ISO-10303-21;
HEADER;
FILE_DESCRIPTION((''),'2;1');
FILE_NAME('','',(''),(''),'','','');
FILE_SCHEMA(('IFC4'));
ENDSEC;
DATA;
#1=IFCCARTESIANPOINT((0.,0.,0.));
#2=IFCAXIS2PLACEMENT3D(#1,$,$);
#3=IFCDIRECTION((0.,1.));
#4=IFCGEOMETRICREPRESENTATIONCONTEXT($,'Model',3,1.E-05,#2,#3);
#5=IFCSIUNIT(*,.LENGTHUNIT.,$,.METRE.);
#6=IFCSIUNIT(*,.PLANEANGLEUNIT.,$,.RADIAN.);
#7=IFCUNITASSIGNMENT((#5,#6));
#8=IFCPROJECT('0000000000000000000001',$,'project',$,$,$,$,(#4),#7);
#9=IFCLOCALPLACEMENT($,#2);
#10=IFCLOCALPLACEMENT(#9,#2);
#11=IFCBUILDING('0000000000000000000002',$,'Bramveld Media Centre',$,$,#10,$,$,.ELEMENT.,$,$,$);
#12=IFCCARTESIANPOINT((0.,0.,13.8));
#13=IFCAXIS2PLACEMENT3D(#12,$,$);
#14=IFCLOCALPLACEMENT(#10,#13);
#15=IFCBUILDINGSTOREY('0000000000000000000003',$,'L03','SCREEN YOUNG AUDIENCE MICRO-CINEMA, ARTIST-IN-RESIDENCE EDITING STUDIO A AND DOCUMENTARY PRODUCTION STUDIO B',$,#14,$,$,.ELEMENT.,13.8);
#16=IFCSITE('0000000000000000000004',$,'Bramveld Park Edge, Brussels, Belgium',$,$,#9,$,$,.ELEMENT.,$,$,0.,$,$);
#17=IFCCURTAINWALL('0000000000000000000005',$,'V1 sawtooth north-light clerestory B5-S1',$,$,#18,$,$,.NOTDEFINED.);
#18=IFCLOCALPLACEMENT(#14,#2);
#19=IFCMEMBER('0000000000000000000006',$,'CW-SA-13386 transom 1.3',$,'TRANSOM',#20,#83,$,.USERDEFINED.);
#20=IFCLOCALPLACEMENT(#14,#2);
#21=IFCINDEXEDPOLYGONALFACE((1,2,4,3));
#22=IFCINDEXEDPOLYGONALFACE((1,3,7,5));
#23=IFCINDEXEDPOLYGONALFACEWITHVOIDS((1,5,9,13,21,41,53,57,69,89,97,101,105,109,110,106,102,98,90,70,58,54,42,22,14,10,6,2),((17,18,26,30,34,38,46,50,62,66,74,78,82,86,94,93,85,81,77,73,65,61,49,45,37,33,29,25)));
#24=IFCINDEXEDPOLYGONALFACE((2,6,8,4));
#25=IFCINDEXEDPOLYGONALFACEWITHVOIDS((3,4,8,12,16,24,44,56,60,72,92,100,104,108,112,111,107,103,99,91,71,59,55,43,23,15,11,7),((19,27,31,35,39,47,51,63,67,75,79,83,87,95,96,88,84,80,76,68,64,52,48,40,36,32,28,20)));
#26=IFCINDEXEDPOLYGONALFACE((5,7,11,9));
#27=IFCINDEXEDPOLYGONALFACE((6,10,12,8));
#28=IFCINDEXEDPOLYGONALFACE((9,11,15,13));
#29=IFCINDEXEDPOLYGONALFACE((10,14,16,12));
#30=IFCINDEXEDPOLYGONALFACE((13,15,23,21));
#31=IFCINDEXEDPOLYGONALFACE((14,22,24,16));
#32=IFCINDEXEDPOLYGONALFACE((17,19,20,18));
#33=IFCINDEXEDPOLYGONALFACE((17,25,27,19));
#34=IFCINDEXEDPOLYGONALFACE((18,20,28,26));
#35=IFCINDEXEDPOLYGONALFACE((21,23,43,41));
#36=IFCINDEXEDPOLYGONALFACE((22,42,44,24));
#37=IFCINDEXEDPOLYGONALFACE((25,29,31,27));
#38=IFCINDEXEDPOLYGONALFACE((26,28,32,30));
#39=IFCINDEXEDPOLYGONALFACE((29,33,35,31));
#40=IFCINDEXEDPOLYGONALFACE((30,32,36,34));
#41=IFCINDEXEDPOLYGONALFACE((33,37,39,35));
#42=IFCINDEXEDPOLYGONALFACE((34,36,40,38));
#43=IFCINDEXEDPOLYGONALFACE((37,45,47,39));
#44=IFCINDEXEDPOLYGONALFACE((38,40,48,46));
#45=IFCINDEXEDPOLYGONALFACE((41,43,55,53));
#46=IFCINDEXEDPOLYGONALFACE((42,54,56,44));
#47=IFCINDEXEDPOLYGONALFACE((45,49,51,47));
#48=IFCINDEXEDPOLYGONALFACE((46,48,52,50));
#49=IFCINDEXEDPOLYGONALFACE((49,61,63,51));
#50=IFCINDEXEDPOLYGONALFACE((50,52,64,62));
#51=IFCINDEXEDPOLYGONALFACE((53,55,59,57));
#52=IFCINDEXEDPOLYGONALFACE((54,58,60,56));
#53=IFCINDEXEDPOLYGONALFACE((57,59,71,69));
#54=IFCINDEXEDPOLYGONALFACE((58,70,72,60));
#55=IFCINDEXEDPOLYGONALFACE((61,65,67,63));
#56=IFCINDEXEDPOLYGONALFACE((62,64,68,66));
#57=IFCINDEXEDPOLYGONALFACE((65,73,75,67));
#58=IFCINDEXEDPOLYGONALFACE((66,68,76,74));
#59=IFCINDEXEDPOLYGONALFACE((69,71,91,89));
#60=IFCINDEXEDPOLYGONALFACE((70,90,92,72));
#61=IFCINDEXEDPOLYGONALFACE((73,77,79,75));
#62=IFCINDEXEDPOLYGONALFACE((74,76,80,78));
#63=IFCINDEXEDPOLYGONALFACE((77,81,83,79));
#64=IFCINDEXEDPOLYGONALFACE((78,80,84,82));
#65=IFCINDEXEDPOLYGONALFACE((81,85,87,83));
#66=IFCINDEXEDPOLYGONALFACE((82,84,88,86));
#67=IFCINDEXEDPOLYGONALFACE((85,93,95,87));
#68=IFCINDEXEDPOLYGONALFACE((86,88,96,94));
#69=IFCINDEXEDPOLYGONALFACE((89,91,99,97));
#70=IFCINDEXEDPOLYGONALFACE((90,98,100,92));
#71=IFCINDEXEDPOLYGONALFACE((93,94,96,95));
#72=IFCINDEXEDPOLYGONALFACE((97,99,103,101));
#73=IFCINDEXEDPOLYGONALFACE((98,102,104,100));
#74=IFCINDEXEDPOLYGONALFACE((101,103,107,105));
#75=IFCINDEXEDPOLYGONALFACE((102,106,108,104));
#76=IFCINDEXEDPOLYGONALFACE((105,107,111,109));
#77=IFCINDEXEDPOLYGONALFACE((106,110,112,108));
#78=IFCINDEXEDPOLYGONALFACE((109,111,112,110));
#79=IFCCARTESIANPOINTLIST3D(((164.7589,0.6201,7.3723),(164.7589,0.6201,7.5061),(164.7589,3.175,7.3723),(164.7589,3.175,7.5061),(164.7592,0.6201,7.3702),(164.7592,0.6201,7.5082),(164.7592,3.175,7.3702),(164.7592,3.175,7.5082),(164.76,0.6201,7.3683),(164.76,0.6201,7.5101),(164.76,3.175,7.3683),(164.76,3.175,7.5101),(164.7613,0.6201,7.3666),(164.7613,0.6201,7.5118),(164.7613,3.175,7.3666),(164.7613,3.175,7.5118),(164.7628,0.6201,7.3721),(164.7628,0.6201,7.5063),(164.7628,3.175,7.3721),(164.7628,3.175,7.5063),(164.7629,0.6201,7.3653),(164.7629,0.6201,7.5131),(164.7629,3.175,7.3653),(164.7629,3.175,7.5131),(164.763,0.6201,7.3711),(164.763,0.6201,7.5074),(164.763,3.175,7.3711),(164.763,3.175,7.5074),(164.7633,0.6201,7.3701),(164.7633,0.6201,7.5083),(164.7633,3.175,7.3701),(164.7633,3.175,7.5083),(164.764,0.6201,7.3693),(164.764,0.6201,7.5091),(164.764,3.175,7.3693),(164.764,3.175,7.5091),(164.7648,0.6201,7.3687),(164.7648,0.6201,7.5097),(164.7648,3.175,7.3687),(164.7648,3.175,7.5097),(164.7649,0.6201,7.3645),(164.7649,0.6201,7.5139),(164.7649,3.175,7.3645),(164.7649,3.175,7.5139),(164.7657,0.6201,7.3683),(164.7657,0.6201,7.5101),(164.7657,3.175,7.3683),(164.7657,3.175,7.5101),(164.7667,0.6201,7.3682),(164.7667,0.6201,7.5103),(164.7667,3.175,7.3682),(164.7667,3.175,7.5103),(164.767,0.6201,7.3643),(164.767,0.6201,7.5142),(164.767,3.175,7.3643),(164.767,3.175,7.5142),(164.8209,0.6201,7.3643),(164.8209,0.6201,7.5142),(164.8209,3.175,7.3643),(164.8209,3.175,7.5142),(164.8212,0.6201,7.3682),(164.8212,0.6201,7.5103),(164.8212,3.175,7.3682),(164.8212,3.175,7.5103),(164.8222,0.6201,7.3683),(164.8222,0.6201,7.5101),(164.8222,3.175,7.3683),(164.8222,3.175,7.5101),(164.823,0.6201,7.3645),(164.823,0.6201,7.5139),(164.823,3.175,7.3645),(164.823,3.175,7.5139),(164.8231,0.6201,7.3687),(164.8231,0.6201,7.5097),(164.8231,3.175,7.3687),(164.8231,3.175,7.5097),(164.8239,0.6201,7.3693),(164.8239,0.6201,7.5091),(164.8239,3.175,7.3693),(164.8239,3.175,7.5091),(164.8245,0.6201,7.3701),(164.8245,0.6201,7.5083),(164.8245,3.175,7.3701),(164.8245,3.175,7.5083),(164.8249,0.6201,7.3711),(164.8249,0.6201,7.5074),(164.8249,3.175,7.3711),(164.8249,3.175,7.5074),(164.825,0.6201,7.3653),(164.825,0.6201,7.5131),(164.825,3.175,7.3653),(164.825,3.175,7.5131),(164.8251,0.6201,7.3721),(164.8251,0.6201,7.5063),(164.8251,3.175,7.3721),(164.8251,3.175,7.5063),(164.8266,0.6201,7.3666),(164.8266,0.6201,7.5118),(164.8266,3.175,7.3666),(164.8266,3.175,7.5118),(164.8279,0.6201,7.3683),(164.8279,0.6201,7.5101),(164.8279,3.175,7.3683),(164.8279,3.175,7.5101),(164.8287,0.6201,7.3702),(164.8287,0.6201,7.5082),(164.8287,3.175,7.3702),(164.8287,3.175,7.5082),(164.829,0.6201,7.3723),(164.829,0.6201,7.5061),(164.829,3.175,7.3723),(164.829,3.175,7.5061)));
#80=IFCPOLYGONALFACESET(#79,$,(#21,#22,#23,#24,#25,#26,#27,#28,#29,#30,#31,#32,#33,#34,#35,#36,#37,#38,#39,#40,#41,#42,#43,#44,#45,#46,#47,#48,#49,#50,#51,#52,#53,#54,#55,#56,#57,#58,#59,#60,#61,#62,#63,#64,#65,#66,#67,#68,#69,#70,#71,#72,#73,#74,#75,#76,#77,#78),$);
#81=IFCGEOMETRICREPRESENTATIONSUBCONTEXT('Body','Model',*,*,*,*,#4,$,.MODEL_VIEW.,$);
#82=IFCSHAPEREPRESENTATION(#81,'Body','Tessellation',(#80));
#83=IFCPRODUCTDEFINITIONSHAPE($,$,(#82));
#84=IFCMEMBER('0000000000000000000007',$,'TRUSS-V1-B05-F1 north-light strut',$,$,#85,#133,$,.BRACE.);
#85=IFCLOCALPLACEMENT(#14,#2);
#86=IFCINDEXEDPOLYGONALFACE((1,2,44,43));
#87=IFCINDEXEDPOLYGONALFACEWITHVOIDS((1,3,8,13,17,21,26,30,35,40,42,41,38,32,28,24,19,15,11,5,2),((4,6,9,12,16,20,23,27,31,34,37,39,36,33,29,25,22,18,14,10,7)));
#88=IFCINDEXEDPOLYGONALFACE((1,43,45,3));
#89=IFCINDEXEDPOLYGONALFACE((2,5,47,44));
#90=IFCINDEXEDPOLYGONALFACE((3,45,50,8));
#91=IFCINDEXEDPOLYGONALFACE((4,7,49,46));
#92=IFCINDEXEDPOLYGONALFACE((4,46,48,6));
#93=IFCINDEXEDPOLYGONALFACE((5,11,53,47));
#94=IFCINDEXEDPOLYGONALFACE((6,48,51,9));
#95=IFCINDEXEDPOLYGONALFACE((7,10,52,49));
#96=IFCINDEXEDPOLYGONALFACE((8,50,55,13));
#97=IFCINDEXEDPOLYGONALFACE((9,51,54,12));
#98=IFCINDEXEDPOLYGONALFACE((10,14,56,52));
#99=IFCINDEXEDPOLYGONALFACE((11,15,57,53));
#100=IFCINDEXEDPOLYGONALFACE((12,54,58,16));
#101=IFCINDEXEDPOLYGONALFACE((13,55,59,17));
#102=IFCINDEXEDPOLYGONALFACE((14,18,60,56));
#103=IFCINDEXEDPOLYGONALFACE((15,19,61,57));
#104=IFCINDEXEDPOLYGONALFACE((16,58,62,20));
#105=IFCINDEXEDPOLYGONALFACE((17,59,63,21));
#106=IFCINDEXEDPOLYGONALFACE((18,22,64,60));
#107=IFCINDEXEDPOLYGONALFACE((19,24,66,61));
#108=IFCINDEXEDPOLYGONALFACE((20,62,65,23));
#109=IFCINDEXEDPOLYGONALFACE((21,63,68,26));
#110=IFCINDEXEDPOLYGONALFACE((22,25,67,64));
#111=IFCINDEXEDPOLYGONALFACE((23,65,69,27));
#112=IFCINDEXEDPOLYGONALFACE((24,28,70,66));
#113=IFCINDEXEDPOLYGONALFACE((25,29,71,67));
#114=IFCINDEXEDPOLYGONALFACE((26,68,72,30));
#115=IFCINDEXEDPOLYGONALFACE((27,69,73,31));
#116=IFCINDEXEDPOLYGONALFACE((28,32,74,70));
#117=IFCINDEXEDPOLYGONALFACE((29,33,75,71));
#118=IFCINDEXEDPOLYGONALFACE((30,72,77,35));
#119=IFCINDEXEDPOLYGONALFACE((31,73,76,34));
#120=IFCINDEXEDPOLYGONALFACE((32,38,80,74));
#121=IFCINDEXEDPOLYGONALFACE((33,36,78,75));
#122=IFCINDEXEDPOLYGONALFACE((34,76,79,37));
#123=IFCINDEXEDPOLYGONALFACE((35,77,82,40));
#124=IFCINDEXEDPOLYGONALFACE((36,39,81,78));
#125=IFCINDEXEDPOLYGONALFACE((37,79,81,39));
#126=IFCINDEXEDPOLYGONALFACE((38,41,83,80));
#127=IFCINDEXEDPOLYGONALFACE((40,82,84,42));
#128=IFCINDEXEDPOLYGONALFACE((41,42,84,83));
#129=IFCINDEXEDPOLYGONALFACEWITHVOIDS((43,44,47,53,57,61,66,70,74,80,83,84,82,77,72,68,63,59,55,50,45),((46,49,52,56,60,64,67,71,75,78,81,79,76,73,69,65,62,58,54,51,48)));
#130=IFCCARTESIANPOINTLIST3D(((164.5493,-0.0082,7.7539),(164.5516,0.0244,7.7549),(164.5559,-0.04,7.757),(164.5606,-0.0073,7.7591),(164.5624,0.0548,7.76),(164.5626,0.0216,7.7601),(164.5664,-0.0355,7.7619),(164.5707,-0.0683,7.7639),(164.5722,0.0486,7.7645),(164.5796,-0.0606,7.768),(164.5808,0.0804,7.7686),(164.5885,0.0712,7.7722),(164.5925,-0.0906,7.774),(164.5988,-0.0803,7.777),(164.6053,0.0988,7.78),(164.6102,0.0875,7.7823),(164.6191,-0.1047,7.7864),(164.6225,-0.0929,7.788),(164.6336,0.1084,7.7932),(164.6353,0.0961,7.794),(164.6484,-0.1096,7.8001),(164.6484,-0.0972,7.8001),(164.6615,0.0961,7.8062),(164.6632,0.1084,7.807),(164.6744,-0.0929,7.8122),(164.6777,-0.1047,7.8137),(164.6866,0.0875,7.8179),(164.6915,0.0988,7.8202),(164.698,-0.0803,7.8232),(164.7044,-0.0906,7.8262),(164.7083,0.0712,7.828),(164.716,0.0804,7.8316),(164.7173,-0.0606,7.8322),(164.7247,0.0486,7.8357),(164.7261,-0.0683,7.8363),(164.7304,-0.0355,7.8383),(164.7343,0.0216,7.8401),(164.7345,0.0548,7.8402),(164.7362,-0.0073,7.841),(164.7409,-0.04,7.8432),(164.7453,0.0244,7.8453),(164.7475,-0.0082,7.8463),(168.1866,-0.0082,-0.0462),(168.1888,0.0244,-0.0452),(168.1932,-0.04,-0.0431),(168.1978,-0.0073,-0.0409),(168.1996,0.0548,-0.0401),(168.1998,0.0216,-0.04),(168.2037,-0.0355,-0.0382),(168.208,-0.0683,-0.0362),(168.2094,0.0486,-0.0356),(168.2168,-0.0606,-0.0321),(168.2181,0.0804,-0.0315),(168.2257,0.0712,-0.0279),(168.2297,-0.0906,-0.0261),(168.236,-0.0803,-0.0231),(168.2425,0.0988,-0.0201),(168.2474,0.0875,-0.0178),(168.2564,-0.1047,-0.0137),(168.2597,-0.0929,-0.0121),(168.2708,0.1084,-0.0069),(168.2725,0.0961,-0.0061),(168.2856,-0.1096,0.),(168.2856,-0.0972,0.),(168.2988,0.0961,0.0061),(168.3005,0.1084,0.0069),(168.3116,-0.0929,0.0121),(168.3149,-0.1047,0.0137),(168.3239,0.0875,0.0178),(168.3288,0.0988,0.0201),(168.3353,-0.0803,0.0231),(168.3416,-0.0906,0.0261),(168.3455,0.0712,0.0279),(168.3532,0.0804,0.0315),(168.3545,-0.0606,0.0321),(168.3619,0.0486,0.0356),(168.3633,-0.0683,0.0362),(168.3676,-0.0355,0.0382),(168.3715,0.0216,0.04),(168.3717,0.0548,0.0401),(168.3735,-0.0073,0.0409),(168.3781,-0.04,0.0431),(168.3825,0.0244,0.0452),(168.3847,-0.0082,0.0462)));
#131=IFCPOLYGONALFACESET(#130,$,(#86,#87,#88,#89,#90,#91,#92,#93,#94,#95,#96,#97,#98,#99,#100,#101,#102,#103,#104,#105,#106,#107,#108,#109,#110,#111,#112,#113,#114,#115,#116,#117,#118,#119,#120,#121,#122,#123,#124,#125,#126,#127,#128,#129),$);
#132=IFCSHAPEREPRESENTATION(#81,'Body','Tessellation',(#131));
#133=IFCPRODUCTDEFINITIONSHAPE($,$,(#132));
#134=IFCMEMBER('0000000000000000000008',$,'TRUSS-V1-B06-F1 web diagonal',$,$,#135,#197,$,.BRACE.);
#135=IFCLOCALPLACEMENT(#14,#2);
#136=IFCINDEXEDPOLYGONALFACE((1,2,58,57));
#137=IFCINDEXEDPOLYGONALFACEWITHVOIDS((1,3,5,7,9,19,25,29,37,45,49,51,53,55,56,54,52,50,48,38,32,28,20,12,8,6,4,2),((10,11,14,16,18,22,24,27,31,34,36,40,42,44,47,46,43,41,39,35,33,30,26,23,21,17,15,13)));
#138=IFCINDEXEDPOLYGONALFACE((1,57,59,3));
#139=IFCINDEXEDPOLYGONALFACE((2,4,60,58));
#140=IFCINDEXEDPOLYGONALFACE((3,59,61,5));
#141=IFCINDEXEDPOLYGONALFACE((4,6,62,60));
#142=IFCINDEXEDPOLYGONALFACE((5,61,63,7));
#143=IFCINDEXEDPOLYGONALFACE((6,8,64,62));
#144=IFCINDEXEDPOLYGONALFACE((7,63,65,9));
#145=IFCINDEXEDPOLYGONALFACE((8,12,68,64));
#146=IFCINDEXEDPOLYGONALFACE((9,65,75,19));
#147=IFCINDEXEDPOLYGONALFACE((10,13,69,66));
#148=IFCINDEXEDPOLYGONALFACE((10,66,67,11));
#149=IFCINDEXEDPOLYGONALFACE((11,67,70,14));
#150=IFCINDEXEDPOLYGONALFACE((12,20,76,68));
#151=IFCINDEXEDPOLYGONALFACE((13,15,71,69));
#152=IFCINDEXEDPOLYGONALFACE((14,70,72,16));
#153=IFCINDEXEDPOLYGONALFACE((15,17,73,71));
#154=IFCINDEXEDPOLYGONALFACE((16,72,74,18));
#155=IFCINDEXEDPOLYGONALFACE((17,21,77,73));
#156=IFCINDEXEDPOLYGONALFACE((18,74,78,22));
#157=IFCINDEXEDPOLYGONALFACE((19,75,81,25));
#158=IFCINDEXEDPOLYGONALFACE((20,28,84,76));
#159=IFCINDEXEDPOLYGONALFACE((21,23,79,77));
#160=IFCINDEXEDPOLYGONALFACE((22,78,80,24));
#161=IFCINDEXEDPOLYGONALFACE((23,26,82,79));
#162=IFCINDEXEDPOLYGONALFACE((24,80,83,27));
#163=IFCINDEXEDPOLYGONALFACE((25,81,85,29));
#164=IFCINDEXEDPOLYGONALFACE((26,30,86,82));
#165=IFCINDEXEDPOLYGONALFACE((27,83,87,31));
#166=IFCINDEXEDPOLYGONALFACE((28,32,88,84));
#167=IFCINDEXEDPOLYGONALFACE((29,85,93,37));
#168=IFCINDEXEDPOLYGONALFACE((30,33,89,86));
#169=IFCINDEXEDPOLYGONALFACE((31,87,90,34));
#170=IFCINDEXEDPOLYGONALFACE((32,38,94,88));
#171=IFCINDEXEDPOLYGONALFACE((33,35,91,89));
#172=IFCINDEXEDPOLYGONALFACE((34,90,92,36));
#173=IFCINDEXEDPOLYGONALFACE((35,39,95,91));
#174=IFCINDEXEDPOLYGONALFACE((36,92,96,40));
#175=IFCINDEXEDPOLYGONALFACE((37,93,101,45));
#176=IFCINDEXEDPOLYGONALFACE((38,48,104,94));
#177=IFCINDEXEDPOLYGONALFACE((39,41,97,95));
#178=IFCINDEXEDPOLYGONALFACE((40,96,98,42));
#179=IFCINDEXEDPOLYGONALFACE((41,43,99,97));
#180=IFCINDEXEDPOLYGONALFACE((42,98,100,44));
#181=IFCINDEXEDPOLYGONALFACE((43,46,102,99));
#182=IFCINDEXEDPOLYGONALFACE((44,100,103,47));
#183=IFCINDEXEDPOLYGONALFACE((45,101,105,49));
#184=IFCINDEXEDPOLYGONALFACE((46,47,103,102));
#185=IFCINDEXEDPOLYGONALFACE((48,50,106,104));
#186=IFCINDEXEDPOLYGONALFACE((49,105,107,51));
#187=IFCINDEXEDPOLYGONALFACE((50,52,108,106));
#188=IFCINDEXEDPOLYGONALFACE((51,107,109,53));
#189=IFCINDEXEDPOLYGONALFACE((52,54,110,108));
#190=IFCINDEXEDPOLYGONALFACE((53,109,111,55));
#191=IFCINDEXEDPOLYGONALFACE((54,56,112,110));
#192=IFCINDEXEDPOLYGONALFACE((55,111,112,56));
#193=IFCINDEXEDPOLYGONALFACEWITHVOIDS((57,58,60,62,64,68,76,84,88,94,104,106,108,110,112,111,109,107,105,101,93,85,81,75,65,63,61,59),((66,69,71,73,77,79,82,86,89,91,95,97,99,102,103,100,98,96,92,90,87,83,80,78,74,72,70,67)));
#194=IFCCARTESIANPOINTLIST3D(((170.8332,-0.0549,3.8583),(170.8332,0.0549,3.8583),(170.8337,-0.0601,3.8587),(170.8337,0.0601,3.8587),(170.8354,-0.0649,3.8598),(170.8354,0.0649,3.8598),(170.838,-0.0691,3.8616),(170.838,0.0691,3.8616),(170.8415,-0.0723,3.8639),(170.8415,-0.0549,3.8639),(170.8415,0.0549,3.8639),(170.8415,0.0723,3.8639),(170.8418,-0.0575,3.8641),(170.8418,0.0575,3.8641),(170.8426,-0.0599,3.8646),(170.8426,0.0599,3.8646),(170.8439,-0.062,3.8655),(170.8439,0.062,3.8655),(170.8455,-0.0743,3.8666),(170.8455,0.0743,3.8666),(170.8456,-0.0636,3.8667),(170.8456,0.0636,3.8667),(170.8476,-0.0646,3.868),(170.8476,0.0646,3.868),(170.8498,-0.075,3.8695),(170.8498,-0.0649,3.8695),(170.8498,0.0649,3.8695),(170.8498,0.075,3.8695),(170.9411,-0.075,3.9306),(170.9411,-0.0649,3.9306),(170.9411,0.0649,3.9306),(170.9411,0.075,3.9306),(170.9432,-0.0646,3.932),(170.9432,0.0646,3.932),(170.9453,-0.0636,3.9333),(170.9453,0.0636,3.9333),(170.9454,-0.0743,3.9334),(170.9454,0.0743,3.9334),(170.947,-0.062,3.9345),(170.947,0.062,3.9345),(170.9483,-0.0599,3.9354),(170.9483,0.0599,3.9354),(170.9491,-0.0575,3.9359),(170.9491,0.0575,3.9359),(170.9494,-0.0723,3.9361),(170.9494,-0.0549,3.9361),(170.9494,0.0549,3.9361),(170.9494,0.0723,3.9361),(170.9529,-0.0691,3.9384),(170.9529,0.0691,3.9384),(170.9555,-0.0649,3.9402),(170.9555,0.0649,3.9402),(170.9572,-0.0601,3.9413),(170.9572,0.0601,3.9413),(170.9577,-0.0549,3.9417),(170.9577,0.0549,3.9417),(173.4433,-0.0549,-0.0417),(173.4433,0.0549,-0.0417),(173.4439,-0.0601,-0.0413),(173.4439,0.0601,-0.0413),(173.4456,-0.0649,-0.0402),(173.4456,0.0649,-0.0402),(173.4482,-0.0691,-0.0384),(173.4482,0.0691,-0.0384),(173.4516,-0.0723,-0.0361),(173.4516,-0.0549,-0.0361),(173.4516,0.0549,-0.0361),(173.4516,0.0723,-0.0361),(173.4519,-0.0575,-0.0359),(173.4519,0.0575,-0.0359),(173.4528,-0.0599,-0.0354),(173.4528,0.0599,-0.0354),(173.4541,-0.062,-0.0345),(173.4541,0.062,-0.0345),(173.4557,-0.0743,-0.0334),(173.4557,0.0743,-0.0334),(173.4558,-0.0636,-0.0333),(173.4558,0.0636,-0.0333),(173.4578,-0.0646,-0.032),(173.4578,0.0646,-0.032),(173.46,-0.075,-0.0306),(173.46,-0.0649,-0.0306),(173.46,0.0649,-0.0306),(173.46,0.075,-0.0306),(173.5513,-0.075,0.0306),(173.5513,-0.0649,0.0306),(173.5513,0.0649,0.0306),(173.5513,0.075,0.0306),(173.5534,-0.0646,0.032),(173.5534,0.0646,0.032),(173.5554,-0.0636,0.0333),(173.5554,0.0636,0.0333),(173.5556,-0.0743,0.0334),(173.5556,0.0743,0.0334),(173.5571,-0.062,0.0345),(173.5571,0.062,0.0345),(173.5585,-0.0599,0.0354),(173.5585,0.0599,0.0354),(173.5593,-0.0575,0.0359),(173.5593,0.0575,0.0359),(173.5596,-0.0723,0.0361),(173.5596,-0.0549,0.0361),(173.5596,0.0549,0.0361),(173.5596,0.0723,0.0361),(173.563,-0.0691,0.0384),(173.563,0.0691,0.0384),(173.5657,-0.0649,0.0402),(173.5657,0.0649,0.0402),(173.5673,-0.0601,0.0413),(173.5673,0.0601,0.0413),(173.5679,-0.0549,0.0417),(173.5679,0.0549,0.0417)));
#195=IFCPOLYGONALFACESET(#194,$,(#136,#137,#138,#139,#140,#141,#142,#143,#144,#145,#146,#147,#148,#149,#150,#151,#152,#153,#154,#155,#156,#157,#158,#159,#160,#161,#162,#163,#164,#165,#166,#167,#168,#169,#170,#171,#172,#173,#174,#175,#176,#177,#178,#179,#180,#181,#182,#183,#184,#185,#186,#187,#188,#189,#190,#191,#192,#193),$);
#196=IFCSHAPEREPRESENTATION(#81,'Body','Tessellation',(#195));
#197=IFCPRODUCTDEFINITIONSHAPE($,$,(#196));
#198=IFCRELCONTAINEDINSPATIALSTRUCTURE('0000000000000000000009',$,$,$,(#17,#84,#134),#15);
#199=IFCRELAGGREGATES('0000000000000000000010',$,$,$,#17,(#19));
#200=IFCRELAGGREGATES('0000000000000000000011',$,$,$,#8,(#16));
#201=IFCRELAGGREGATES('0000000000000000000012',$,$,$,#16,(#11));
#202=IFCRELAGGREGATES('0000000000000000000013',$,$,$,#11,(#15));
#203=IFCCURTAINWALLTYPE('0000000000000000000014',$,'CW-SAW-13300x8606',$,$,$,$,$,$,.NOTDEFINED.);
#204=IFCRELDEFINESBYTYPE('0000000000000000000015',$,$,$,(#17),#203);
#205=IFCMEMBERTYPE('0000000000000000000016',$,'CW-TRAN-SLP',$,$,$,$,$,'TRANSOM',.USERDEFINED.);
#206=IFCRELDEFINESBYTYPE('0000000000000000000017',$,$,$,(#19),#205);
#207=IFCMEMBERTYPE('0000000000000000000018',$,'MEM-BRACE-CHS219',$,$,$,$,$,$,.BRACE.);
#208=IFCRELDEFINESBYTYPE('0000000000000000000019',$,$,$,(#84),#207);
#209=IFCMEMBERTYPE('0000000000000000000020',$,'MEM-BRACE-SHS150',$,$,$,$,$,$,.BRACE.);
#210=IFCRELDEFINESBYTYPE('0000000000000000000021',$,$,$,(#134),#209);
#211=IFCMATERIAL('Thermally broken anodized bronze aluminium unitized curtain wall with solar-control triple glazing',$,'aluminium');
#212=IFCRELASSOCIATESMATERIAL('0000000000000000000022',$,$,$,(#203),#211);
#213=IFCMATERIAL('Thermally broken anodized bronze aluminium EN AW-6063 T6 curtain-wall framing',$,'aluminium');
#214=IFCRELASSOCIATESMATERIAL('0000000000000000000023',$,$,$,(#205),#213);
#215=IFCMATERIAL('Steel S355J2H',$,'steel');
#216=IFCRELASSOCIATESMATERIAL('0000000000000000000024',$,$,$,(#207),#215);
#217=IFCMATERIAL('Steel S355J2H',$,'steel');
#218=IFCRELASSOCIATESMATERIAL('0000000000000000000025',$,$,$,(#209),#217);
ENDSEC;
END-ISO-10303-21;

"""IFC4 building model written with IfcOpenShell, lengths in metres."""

from ifc_helpers import new_model, si_unit, direction, frame, origin, origin_2d, place, context, subcontext, project, spatial, hollow_rectangle, hollow_circle, extrude, material, material_profile, profile_set, type_object, element, aggregate, save


model = new_model("IFC4")

# Units and contexts
model_context = context("Model", 3, precision=1e-05, world=origin(), true_north=direction((0.0, 1.0)))
body_context = subcontext(model_context, "Body", "Model", "MODEL_VIEW")
ifc_project = project(units=[si_unit("LENGTHUNIT", "METRE"), si_unit("PLANEANGLEUNIT", "RADIAN")], contexts=[model_context])

# Site, building, storey
site_placement = place(None, origin())
site = spatial("IfcSite", under=ifc_project, at=site_placement, Name="Bramveld Park Edge, Brussels, Belgium", CompositionType="ELEMENT", RefElevation=0.0)
building_placement = place(site_placement, origin())
building = spatial("IfcBuilding", under=site, at=building_placement, Name="Bramveld Media Centre", CompositionType="ELEMENT")
storey_placement = place(building_placement, frame((0.0, 0.0, 13.8)))
storey = spatial("IfcBuildingStorey", under=building, at=storey_placement, Name="L03", Description="SCREEN YOUNG AUDIENCE MICRO-CINEMA, ARTIST-IN-RESIDENCE EDITING STUDIO A AND DOCUMENTARY PRODUCTION STUDIO B", CompositionType="ELEMENT", Elevation=13.8)

# Curtain wall, member
ifc_material_1 = material(Name="Thermally broken anodized bronze aluminium unitized curtain wall with solar-control triple glazing", Category="aluminium")
curtain_wall_type = type_object("IfcCurtainWallType", Name="CW-SAW-13300x8606", PredefinedType="NOTDEFINED", material=ifc_material_1)
curtain_wall_placement = place(storey_placement, origin())
curtain_wall = element("IfcCurtainWall", 1, at=curtain_wall_placement, inside=storey, type_object=curtain_wall_type, Name="V1 sawtooth north-light clerestory B5-S1", PredefinedType="NOTDEFINED")
ifc_material_2 = material(Name="Thermally broken anodized bronze aluminium EN AW-6063 T6 curtain-wall framing", Category="aluminium")
ifc_material_profile_1 = material_profile(ifc_material_2, hollow_rectangle(XDim=0.0701, YDim=0.1499, WallThickness=0.0039, InnerFilletRadius=0.0039, OuterFilletRadius=0.0081, at=origin_2d()), Name="AL-TRAN 70x150")
ifc_profile_set_1 = profile_set([ifc_material_profile_1], Name="Thermally broken anodized bronze aluminium EN AW-6063 T6 curtain-wall framing")
member_type_1 = type_object("IfcMemberType", Name="CW-TRAN-SLP", ElementType="TRANSOM", PredefinedType="USERDEFINED", material=ifc_profile_set_1)
member_1_placement = place(storey_placement, frame((164.7939, 0.6201, 7.4392), z_axis=(0.0, 1.0, 0.0), x_axis=(-1.0, 0.0, 0.0)))
member_1 = element("IfcMember", 2, at=member_1_placement, type_object=member_type_1, Name="CW-SA-13386 transom 1.3", ObjectType="TRANSOM", PredefinedType="USERDEFINED", context=body_context, shape_type="SweptSolid", body=[
    extrude(hollow_rectangle(XDim=0.0701, YDim=0.1499, WallThickness=0.0039, InnerFilletRadius=0.0039, OuterFilletRadius=0.0081, at=origin_2d()), origin(), (0.0, 0.0, 1.0), 2.5549),
])

# Members
ifc_material_3 = material(Name="Steel S355J2H", Category="steel")
ifc_material_profile_2 = material_profile(ifc_material_3, hollow_circle(Radius=0.1096, WallThickness=0.0125, at=origin_2d()), Name="CHS 219.1x12.5")
ifc_profile_set_2 = profile_set([ifc_material_profile_2], Name="Steel S355J2H")
member_type_2 = type_object("IfcMemberType", Name="MEM-BRACE-CHS219", PredefinedType="BRACE", material=ifc_profile_set_2)
member_2_placement = place(storey_placement, frame((168.2856, 0.0, 0.0), z_axis=(-0.422617, 0.0, 0.906308), x_axis=(0.0, -1.0, 0.0)))
element("IfcMember", 3, at=member_2_placement, inside=storey, type_object=member_type_2, Name="TRUSS-V1-B05-F1 north-light strut", PredefinedType="BRACE", context=body_context, shape_type="SweptSolid", body=[
    extrude(hollow_circle(Radius=0.1096, WallThickness=0.0125, at=origin_2d()), origin(), (0.0, 0.0, 1.0), 8.6064),
])
ifc_material_4 = material(Name="Steel S355J2H", Category="steel")
ifc_material_profile_3 = material_profile(ifc_material_4, hollow_rectangle(XDim=0.1499, YDim=0.1499, WallThickness=0.01, InnerFilletRadius=0.01, OuterFilletRadius=0.02, at=origin_2d()), Name="SHS 150x150x10")
ifc_profile_set_3 = profile_set([ifc_material_profile_3], Name="Steel S355J2H")
member_type_3 = type_object("IfcMemberType", Name="MEM-BRACE-SHS150", PredefinedType="BRACE", material=ifc_profile_set_3)
member_3_placement = place(storey_placement, frame((173.5056, 0.0, 0.0), z_axis=(-0.5562, 0.0, 0.831048), x_axis=(0.0, -1.0, 0.0)))
element("IfcMember", 4, at=member_3_placement, inside=storey, type_object=member_type_3, Name="TRUSS-V1-B06-F1 web diagonal", PredefinedType="BRACE", context=body_context, shape_type="SweptSolid", body=[
    extrude(hollow_rectangle(XDim=0.1499, YDim=0.1499, WallThickness=0.01, InnerFilletRadius=0.01, OuterFilletRadius=0.02, at=origin_2d()), origin(), (0.0, 0.0, 1.0), 4.6929),
])

aggregate(curtain_wall, [member_1])

save(model, "model.ifc")
